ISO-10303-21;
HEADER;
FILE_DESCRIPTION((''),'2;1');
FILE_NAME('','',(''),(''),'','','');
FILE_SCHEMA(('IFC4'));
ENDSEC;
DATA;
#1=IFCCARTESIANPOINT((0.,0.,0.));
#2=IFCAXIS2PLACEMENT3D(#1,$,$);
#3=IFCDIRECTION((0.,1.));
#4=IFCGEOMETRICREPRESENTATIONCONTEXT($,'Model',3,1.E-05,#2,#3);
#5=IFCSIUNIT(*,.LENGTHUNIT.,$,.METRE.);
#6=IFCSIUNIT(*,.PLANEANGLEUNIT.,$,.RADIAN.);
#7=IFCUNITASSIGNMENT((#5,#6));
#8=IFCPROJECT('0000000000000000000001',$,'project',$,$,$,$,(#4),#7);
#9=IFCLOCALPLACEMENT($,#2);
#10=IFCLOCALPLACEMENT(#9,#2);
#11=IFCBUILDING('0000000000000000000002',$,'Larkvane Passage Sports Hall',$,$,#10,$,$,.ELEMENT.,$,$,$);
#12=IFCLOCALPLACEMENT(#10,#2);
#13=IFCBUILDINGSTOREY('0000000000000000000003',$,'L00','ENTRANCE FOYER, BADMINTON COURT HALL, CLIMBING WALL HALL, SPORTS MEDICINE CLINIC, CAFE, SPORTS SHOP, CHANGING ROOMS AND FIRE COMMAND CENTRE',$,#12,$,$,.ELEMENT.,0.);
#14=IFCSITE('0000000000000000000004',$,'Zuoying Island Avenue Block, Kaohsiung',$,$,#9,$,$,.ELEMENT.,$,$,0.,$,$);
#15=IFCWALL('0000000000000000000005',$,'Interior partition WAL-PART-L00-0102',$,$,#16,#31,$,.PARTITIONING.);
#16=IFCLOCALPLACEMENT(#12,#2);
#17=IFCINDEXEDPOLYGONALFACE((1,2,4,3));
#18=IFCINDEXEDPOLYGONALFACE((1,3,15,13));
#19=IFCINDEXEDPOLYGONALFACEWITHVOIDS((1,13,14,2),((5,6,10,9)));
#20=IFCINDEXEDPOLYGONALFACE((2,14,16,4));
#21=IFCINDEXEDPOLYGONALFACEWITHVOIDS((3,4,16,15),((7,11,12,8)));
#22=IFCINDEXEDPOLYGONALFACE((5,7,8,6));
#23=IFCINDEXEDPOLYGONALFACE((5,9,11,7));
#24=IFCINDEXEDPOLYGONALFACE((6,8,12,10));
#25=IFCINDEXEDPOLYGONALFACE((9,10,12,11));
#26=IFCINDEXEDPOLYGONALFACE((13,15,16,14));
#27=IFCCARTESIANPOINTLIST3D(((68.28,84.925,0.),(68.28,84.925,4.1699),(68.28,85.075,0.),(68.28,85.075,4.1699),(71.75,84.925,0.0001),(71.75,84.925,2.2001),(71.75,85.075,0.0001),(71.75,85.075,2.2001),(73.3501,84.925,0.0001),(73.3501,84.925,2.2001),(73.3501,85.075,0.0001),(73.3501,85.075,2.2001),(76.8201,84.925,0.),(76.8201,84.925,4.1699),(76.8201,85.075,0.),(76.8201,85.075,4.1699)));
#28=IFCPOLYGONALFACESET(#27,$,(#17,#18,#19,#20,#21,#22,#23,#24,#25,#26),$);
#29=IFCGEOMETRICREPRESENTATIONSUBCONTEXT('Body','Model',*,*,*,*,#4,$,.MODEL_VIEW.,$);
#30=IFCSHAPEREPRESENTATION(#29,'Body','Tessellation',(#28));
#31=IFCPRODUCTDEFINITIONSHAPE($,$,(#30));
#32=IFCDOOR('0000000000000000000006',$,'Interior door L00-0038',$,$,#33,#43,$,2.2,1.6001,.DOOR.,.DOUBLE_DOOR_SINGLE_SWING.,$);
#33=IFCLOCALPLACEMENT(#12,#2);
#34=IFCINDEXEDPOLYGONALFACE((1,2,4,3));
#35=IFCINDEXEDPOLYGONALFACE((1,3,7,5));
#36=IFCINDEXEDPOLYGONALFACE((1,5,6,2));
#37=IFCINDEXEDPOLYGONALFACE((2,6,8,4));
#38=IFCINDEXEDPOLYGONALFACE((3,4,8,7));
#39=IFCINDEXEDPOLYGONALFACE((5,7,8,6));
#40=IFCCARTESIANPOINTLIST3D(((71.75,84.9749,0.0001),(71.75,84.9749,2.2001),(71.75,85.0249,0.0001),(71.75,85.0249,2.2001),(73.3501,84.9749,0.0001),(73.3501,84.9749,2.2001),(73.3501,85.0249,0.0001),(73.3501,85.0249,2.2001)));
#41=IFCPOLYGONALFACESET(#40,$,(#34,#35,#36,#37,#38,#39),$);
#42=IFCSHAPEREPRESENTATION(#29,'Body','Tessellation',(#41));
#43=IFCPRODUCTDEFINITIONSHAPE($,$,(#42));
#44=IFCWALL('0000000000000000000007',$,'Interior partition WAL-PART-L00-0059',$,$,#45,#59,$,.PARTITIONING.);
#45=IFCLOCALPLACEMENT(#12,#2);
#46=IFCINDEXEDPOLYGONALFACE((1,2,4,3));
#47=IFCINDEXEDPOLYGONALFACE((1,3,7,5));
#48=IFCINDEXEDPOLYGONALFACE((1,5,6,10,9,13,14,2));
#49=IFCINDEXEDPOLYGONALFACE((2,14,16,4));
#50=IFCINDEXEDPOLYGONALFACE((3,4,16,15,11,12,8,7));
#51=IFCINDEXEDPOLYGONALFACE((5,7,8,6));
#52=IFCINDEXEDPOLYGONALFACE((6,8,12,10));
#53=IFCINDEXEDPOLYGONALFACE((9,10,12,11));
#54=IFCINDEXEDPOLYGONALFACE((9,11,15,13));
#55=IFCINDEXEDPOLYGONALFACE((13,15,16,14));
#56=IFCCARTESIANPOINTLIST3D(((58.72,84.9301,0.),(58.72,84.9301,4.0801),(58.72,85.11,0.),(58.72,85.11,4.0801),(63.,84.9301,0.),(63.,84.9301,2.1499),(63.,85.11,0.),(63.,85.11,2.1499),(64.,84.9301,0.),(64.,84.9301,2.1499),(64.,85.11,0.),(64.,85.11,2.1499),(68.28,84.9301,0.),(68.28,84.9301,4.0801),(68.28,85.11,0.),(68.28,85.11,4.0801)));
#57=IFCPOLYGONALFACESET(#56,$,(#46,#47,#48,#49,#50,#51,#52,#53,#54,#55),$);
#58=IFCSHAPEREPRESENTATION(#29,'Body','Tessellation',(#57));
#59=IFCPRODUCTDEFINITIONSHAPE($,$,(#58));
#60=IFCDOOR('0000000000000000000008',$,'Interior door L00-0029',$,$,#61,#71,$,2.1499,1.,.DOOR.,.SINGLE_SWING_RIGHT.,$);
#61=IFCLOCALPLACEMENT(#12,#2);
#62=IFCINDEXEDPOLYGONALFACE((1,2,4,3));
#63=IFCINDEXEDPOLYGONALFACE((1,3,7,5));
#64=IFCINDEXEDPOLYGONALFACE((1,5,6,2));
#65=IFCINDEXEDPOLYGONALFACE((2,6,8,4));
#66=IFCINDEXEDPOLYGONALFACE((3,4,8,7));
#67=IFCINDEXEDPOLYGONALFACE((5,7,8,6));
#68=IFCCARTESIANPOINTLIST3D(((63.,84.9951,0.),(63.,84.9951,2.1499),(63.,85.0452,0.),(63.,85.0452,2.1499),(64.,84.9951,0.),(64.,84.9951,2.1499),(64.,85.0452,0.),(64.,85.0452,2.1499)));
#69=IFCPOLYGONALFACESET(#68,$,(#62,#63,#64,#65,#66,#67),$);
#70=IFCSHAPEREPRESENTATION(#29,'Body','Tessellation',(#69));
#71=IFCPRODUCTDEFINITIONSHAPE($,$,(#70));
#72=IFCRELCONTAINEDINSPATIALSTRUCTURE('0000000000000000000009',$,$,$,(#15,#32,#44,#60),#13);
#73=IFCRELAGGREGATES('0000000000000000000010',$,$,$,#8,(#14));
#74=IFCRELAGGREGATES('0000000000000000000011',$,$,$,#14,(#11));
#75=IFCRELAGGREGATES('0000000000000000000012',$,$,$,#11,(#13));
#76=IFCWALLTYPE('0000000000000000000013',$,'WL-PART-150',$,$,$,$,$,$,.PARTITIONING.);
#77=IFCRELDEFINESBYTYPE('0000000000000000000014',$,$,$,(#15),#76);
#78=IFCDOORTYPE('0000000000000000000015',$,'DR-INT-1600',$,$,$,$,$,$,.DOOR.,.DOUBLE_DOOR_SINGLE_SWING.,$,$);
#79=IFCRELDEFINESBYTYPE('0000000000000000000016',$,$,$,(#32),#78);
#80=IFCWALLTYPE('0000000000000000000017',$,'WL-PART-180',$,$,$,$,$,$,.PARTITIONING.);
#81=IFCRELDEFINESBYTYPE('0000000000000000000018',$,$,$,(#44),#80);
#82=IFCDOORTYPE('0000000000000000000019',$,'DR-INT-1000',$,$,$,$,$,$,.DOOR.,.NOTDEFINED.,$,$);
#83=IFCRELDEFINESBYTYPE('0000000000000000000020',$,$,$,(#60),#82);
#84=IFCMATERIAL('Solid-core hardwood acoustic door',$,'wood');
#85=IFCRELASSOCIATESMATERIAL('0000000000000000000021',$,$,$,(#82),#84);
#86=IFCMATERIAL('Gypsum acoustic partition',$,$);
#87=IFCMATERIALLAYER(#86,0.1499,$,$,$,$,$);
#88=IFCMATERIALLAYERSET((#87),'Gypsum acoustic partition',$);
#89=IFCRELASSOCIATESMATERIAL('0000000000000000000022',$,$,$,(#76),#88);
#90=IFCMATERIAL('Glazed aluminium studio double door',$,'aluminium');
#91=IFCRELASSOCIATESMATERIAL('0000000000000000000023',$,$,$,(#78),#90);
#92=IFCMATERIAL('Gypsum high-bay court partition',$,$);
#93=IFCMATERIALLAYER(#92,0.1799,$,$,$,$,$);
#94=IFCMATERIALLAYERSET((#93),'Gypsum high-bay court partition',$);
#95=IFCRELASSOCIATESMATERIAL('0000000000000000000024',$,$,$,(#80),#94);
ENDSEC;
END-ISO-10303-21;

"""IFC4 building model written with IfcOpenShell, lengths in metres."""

from ifc_helpers import new_model, si_unit, direction, frame, frame_2d, origin, place, context, subcontext, project, spatial, rectangle, extrude, material, layer, layer_set, type_object, element, fill, save


model = new_model("IFC4")

# Units and contexts
model_context = context("Model", 3, precision=1e-05, world=origin(), true_north=direction((0.0, 1.0)))
body_context = subcontext(model_context, "Body", "Model", "MODEL_VIEW")
ifc_project = project(units=[si_unit("LENGTHUNIT", "METRE"), si_unit("PLANEANGLEUNIT", "RADIAN")], contexts=[model_context])

# Site, building, storey
site_placement = place(None, origin())
site = spatial("IfcSite", under=ifc_project, at=site_placement, Name="Zuoying Island Avenue Block, Kaohsiung", CompositionType="ELEMENT", RefElevation=0.0)
building_placement = place(site_placement, origin())
building = spatial("IfcBuilding", under=site, at=building_placement, Name="Larkvane Passage Sports Hall", CompositionType="ELEMENT")
storey_placement = place(building_placement, origin())
storey = spatial("IfcBuildingStorey", under=building, at=storey_placement, Name="L00", Description="ENTRANCE FOYER, BADMINTON COURT HALL, CLIMBING WALL HALL, SPORTS MEDICINE CLINIC, CAFE, SPORTS SHOP, CHANGING ROOMS AND FIRE COMMAND CENTRE", CompositionType="ELEMENT", Elevation=0.0)

# Walls, openings, doors
ifc_material_1 = material(Name="Solid-core hardwood acoustic door", Category="wood")
door_type_1 = type_object("IfcDoorType", Name="DR-INT-1000", OperationType="NOTDEFINED", PredefinedType="DOOR", material=ifc_material_1)
ifc_material_2 = material(Name="Gypsum acoustic partition")
ifc_layer_1 = layer(ifc_material_2, 0.1499)
ifc_layer_set_1 = layer_set([ifc_layer_1], Name="Gypsum acoustic partition")
wall_type_1 = type_object("IfcWallType", Name="WL-PART-150", PredefinedType="PARTITIONING", material=ifc_layer_set_1)
wall_1_placement = place(storey_placement, frame((68.28, 85.0, 0.0), z_axis=(0.0, 0.0, 1.0), x_axis=(1.0, 0.0, 0.0)))
wall_1 = element("IfcWall", 1, at=wall_1_placement, inside=storey, type_object=wall_type_1, Name="Interior partition WAL-PART-L00-0102", PredefinedType="PARTITIONING", context=body_context, shape_type="SweptSolid", body=[
    extrude(rectangle(XDim=8.54, YDim=0.1499, at=frame_2d((4.27, 0.0))), origin(), (0.0, 0.0, 1.0), 4.1699),
])
opening_1_placement = place(wall_1_placement, frame((3.47, 0.0, 0.0)))
opening_1 = element("IfcOpeningElement", 2, at=opening_1_placement, cuts=wall_1, PredefinedType="OPENING", context=body_context, shape_type="SweptSolid", body=[
    extrude(rectangle(XDim=1.6001, YDim=2.2, at=frame_2d((0.8, 1.1001))), frame((0.0, 0.085, 0.0), z_axis=(0.0, -1.0, 0.0), x_axis=(1.0, 0.0, 0.0)), (0.0, 0.0, 1.0), 0.1699),
])
ifc_material_3 = material(Name="Glazed aluminium studio double door", Category="aluminium")
door_type_2 = type_object("IfcDoorType", Name="DR-INT-1600", OperationType="DOUBLE_DOOR_SINGLE_SWING", PredefinedType="DOOR", material=ifc_material_3)
door_1_placement = place(opening_1_placement, origin())
door_1 = element("IfcDoor", 3, at=door_1_placement, inside=storey, type_object=door_type_2, Name="Interior door L00-0038", OperationType="DOUBLE_DOOR_SINGLE_SWING", OverallHeight=2.2, OverallWidth=1.6001, PredefinedType="DOOR", context=body_context, shape_type="SweptSolid", body=[
    extrude(rectangle(XDim=1.6001, YDim=2.2, at=frame_2d((0.8, 1.1001))), frame((0.0, 0.0249, 0.0), z_axis=(0.0, -1.0, 0.0), x_axis=(1.0, 0.0, 0.0)), (0.0, 0.0, 1.0), 0.05),
])
fill(opening_1, door_1)
ifc_material_4 = material(Name="Gypsum high-bay court partition")
ifc_layer_2 = layer(ifc_material_4, 0.1799)
ifc_layer_set_2 = layer_set([ifc_layer_2], Name="Gypsum high-bay court partition")
wall_type_2 = type_object("IfcWallType", Name="WL-PART-180", PredefinedType="PARTITIONING", material=ifc_layer_set_2)
wall_2_placement = place(storey_placement, frame((68.28, 85.02, 0.0), z_axis=(0.0, 0.0, 1.0), x_axis=(-1.0, 0.0, 0.0)))
wall_2 = element("IfcWall", 4, at=wall_2_placement, inside=storey, type_object=wall_type_2, Name="Interior partition WAL-PART-L00-0059", PredefinedType="PARTITIONING", context=body_context, shape_type="SweptSolid", body=[
    extrude(rectangle(XDim=9.5601, YDim=0.1799, at=frame_2d((4.78, 0.0))), origin(), (0.0, 0.0, 1.0), 4.0801),
])
opening_2_placement = place(wall_2_placement, frame((4.28, 0.0, 0.0)))
opening_2 = element("IfcOpeningElement", 5, at=opening_2_placement, cuts=wall_2, PredefinedType="OPENING", context=body_context, shape_type="SweptSolid", body=[
    extrude(rectangle(XDim=1.0, YDim=2.1499, at=frame_2d((0.5, 1.075))), frame((0.0, 0.0999, 0.0), z_axis=(0.0, -1.0, 0.0), x_axis=(1.0, 0.0, 0.0)), (0.0, 0.0, 1.0), 0.2),
])
door_2_placement = place(opening_2_placement, origin())
door_2 = element("IfcDoor", 6, at=door_2_placement, inside=storey, type_object=door_type_1, Name="Interior door L00-0029", OperationType="SINGLE_SWING_RIGHT", OverallHeight=2.1499, OverallWidth=1.0, PredefinedType="DOOR", context=body_context, shape_type="SweptSolid", body=[
    extrude(rectangle(XDim=1.0, YDim=2.1499, at=frame_2d((0.5, 1.075))), frame((0.0, 0.0249, 0.0), z_axis=(0.0, -1.0, 0.0), x_axis=(1.0, 0.0, 0.0)), (0.0, 0.0, 1.0), 0.05),
])
fill(opening_2, door_2)

save(model, "model.ifc")
